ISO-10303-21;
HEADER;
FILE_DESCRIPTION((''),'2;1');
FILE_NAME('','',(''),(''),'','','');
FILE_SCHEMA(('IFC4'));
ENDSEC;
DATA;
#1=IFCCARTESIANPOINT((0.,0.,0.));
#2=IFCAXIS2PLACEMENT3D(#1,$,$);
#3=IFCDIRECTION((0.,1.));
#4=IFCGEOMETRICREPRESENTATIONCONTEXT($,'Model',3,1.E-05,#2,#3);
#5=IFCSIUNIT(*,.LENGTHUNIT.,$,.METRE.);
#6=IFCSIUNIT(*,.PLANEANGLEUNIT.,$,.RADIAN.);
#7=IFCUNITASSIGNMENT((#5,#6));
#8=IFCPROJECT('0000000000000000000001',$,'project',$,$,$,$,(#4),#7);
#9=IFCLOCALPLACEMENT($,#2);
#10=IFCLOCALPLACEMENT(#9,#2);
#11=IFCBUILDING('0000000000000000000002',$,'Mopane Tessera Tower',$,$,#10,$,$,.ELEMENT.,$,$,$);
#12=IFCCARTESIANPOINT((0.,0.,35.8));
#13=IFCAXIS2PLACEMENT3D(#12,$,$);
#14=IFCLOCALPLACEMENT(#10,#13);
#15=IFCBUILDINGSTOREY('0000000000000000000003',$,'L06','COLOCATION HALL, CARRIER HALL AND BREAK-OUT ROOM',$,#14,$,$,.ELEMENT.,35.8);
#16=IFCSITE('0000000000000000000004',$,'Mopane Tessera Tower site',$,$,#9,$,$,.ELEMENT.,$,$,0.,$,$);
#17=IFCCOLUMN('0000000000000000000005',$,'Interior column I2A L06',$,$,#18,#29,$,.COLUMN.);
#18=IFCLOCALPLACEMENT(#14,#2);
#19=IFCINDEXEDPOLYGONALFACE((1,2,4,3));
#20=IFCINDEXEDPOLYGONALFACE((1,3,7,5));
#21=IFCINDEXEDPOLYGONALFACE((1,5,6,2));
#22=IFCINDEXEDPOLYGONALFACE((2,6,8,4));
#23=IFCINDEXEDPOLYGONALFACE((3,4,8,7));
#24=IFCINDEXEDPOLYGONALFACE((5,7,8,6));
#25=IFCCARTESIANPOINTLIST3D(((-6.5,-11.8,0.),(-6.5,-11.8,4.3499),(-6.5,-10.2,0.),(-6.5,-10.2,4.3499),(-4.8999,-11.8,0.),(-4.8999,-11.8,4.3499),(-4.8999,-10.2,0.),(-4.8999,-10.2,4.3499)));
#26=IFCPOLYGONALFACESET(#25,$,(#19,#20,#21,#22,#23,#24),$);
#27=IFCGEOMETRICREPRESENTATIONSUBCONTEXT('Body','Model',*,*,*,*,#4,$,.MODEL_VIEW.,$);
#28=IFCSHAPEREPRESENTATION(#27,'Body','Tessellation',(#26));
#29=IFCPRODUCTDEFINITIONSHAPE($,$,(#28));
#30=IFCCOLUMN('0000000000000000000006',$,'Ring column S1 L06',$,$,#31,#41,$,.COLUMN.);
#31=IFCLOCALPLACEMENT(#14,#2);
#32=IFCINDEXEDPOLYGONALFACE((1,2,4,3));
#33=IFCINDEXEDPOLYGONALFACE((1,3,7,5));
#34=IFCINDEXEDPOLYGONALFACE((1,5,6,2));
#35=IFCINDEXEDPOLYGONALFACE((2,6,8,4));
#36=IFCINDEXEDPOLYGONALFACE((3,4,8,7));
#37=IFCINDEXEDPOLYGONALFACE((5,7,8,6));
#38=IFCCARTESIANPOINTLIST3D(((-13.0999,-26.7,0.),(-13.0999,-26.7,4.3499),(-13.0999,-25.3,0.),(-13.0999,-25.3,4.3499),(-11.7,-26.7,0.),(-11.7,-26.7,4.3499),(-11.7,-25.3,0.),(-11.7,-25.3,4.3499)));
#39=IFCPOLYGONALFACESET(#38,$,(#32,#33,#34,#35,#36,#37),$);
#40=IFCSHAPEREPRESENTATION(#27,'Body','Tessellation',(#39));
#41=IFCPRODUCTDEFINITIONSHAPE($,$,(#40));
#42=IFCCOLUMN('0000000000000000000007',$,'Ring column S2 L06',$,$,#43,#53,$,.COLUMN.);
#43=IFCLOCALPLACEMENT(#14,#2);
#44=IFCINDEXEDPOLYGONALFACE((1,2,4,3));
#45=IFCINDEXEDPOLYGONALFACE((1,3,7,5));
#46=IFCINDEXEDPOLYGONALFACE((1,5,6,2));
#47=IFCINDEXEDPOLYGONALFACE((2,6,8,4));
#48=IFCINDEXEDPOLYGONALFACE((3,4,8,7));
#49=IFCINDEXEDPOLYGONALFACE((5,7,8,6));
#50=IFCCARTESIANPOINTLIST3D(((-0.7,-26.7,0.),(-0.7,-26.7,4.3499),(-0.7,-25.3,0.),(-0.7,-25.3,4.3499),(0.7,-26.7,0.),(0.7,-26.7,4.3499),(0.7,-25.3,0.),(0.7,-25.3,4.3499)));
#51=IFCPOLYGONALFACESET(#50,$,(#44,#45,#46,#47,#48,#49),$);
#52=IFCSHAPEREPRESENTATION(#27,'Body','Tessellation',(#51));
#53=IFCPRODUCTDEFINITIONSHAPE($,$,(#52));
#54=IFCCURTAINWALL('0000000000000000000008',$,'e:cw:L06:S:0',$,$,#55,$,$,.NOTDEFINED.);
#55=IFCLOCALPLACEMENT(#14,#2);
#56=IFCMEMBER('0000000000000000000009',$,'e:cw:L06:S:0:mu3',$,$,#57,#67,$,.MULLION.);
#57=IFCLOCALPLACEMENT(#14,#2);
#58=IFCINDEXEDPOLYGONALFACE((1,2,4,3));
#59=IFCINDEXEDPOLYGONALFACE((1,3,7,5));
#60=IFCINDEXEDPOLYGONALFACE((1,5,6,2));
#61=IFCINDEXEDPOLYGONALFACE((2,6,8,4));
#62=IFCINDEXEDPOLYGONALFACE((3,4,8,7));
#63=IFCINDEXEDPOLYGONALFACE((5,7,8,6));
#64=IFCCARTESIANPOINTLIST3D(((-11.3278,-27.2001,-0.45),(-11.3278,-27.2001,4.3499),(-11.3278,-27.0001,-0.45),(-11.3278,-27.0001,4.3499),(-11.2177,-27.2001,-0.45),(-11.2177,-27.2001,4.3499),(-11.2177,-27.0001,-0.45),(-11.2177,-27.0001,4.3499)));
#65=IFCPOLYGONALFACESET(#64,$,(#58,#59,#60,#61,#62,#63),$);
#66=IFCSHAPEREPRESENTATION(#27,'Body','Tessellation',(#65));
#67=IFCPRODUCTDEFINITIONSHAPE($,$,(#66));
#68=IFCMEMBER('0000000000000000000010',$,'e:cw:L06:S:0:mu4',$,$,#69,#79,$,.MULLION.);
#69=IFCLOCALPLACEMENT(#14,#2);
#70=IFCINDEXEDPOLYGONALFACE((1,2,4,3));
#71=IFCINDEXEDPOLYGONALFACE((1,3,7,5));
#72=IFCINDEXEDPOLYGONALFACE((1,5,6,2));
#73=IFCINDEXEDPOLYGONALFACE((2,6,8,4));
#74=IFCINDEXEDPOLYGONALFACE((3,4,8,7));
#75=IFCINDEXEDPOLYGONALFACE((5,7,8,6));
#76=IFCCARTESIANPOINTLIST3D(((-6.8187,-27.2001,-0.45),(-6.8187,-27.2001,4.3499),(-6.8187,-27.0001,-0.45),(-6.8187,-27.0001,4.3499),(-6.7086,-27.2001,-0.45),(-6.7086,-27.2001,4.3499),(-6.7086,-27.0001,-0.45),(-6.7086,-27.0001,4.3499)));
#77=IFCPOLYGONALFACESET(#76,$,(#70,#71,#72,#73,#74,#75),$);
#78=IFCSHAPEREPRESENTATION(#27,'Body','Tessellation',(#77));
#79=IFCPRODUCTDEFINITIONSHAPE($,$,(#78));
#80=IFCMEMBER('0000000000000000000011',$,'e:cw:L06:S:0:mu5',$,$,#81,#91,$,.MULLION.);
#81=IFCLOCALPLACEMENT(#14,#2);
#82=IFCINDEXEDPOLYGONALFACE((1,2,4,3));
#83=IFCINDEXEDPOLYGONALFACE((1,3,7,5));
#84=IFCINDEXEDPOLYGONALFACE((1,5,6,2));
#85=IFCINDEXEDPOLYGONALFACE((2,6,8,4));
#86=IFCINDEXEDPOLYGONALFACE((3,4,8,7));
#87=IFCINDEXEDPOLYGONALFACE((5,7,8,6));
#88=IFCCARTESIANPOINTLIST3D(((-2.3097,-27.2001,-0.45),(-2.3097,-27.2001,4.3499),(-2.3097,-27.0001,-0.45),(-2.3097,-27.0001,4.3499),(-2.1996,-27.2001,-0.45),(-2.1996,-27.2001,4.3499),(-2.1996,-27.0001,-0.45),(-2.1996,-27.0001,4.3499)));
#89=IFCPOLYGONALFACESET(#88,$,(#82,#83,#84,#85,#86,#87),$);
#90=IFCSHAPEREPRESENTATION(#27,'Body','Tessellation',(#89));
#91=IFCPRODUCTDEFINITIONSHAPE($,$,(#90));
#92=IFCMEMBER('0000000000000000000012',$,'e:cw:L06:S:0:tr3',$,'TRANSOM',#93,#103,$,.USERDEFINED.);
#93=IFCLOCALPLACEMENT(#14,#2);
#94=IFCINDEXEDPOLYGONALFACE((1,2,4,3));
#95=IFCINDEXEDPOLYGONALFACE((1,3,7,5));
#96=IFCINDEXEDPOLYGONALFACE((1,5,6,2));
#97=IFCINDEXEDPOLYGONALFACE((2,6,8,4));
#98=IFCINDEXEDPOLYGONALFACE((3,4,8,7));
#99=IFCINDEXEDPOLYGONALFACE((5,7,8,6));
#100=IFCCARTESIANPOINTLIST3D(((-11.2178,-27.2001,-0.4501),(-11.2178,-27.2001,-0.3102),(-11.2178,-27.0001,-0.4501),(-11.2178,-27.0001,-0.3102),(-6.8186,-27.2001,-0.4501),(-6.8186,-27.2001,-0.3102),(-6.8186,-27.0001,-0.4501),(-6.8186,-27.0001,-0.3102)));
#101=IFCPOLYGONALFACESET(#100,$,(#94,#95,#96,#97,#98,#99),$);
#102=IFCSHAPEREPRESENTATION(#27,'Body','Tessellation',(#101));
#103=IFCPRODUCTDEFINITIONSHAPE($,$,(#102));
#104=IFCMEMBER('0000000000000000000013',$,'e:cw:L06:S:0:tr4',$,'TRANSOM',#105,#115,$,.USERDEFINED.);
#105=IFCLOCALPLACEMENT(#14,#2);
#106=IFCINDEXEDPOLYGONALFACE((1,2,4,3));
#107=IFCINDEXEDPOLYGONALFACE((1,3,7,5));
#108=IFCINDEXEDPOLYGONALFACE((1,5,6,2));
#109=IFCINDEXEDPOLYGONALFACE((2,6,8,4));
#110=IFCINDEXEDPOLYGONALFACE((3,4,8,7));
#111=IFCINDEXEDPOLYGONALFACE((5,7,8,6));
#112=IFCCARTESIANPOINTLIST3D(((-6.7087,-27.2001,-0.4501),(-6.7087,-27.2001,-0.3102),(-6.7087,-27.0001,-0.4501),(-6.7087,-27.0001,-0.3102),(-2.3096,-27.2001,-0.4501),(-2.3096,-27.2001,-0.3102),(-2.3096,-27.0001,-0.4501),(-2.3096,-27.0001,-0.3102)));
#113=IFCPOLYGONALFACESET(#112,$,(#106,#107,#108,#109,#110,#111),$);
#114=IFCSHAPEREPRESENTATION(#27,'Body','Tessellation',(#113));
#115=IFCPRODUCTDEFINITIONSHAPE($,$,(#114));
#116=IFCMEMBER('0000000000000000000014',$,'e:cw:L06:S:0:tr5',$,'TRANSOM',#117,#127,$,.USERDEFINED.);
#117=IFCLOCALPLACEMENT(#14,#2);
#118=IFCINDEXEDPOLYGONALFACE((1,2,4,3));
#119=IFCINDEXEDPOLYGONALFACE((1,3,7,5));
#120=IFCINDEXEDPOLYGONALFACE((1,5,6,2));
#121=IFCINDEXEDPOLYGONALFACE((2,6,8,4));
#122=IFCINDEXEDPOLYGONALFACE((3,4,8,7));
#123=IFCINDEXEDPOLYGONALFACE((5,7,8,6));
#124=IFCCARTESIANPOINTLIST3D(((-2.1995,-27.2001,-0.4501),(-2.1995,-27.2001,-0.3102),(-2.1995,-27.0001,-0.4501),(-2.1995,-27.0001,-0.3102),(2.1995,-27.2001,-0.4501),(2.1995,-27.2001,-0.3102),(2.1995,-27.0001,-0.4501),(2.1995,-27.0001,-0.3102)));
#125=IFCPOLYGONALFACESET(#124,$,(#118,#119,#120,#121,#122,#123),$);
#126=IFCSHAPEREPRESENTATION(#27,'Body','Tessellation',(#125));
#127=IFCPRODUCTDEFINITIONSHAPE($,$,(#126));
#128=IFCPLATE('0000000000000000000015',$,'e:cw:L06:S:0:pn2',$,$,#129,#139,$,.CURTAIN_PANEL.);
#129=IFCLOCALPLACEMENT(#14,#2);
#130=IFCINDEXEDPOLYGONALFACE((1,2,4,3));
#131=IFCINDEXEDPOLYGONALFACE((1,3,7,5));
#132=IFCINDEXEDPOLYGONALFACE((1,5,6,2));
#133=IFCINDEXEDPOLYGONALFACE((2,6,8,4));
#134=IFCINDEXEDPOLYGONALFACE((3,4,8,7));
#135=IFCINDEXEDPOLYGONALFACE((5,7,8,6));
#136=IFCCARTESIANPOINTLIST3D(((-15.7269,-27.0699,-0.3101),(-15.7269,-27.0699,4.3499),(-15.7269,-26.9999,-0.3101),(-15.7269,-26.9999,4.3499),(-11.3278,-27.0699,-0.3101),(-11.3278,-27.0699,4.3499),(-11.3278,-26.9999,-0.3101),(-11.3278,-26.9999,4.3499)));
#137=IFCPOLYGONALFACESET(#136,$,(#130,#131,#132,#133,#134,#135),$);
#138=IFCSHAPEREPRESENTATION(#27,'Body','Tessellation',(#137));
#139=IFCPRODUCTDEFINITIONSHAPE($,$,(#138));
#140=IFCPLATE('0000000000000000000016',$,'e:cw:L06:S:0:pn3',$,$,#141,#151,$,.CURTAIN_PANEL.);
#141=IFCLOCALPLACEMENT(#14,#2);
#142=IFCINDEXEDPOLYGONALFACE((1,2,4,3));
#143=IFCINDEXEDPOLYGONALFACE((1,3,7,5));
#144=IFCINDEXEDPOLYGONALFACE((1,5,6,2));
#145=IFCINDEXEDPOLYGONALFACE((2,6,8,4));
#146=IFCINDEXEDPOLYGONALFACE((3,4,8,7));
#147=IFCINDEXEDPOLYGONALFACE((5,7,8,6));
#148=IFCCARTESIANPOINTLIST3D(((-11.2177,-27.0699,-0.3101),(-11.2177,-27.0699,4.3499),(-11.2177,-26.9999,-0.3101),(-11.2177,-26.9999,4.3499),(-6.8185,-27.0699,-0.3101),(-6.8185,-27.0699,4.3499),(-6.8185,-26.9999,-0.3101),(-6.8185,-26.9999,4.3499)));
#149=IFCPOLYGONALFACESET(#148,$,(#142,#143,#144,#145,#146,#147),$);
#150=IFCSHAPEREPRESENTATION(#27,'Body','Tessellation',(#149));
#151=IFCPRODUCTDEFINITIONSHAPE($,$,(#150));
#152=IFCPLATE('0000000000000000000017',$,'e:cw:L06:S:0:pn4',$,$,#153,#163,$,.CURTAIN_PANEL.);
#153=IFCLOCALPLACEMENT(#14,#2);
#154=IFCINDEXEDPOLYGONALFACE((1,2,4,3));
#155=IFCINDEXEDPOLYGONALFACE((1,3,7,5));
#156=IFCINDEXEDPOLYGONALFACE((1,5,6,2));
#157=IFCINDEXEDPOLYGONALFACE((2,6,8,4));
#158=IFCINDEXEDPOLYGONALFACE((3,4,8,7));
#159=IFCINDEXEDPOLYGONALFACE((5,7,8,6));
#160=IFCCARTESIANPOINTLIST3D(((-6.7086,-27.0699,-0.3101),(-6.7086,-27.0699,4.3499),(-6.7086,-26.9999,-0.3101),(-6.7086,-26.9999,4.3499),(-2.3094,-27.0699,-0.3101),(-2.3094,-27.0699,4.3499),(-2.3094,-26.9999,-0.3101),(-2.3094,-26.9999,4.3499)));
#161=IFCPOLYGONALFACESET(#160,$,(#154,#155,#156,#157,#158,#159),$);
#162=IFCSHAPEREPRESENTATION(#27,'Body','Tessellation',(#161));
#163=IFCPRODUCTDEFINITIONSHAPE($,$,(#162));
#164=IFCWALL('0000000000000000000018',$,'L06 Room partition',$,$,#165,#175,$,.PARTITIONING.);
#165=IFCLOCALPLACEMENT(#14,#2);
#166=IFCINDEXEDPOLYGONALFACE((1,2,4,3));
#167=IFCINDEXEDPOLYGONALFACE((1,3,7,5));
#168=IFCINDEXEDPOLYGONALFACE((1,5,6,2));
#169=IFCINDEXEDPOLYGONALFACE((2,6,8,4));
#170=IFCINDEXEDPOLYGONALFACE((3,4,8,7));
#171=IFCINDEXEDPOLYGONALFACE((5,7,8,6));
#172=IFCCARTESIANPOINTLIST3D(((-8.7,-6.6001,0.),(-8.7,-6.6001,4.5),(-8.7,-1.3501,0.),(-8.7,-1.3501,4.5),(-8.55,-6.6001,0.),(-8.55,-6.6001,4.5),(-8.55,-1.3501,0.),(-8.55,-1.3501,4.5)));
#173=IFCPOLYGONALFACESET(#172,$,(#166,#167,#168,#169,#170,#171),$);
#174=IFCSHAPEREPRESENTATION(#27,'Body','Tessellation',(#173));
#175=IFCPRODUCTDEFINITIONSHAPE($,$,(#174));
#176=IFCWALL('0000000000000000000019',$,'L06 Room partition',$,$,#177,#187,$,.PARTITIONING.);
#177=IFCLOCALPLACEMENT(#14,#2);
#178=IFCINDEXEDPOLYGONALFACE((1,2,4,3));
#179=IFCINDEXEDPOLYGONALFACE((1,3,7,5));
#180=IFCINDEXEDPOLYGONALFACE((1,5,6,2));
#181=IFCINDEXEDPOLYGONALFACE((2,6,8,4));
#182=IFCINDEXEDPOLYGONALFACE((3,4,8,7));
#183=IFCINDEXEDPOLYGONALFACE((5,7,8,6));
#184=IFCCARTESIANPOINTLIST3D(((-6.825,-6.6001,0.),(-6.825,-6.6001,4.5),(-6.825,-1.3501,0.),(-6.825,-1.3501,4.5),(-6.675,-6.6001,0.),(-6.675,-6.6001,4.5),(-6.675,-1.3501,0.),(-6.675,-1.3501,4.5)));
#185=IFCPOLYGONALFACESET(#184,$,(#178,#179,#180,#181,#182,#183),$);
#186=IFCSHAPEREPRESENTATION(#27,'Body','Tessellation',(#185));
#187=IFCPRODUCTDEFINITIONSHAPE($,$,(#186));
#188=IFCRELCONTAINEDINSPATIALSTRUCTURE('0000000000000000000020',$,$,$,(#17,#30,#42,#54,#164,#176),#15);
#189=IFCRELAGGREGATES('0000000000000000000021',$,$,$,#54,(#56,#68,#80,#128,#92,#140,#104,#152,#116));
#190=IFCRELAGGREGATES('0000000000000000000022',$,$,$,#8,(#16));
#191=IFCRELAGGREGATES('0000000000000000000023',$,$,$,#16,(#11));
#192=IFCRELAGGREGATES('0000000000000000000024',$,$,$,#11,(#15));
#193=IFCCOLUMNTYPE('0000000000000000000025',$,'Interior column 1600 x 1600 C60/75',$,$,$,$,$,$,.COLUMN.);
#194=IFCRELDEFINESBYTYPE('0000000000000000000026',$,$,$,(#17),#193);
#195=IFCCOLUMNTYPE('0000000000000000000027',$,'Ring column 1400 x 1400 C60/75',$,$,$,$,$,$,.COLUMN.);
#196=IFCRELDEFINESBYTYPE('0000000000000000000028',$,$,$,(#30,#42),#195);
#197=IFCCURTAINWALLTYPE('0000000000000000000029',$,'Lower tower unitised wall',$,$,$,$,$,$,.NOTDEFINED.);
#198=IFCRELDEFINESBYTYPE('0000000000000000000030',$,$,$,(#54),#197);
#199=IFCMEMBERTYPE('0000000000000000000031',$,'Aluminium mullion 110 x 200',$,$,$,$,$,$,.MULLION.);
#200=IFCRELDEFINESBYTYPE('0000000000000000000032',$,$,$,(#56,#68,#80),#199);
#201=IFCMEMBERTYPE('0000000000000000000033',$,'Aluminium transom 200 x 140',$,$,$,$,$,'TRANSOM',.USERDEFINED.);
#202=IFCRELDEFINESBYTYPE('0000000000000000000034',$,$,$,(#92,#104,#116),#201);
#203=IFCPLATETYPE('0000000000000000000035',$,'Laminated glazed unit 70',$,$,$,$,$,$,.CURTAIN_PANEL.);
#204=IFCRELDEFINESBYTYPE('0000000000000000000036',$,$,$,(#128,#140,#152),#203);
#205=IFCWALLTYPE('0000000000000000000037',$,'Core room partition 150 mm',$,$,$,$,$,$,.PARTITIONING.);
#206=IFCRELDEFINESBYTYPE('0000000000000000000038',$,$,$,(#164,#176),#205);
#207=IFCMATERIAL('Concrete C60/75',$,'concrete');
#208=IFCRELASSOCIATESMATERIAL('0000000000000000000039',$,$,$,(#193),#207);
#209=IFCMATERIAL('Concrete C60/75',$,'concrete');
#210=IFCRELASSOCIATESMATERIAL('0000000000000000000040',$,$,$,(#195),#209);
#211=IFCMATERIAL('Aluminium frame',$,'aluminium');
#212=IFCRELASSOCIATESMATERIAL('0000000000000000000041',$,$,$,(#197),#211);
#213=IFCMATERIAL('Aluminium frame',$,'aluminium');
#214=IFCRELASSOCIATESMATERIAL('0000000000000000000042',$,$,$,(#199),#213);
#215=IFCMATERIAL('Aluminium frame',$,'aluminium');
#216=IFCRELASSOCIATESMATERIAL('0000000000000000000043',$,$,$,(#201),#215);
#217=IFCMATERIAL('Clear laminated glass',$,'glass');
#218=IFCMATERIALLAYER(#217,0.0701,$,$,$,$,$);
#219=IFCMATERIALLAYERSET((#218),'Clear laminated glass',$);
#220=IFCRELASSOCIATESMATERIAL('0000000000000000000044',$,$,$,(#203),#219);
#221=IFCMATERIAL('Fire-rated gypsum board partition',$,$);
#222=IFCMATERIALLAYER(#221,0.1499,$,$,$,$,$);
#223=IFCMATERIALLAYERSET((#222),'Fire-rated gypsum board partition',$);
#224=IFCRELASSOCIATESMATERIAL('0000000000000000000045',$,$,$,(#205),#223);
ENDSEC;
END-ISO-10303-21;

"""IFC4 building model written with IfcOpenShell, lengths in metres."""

from ifc_helpers import new_model, si_unit, direction, frame, frame_2d, origin, origin_2d, place, context, subcontext, project, spatial, rectangle, extrude, material, layer, layer_set, material_profile, profile_set, type_object, element, aggregate, save


model = new_model("IFC4")

# Units and contexts
model_context = context("Model", 3, precision=1e-05, world=origin(), true_north=direction((0.0, 1.0)))
body_context = subcontext(model_context, "Body", "Model", "MODEL_VIEW")
ifc_project = project(units=[si_unit("LENGTHUNIT", "METRE"), si_unit("PLANEANGLEUNIT", "RADIAN")], contexts=[model_context])

# Site, building, storey
site_placement = place(None, origin())
site = spatial("IfcSite", under=ifc_project, at=site_placement, Name="Mopane Tessera Tower site", CompositionType="ELEMENT", RefElevation=0.0)
building_placement = place(site_placement, origin())
building = spatial("IfcBuilding", under=site, at=building_placement, Name="Mopane Tessera Tower", CompositionType="ELEMENT")
storey_placement = place(building_placement, frame((0.0, 0.0, 35.8)))
storey = spatial("IfcBuildingStorey", under=building, at=storey_placement, Name="L06", Description="COLOCATION HALL, CARRIER HALL AND BREAK-OUT ROOM", CompositionType="ELEMENT", Elevation=35.8)

# Columns
ifc_material_1 = material(Name="Concrete C60/75", Category="concrete")
ifc_material_profile_1 = material_profile(ifc_material_1, rectangle(XDim=1.6001, YDim=1.6001, at=origin_2d()))
ifc_profile_set_1 = profile_set([ifc_material_profile_1], Name="Concrete C60/75")
column_type_1 = type_object("IfcColumnType", Name="Interior column 1600 x 1600 C60/75", PredefinedType="COLUMN", material=ifc_profile_set_1)
column_placement = place(storey_placement, frame((-5.7, -11.0, 0.0), z_axis=(0.0, 0.0, 1.0), x_axis=(1.0, 0.0, 0.0)))
element("IfcColumn", 1, at=column_placement, inside=storey, type_object=column_type_1, Name="Interior column I2A L06", PredefinedType="COLUMN", context=body_context, shape_type="SweptSolid", body=[
    extrude(rectangle(XDim=1.6001, YDim=1.6001, at=origin_2d()), origin(), (0.0, 0.0, 1.0), 4.3499),
])
ifc_material_2 = material(Name="Concrete C60/75", Category="concrete")
ifc_material_profile_2 = material_profile(ifc_material_2, rectangle(XDim=1.3999, YDim=1.3999, at=origin_2d()))
ifc_profile_set_2 = profile_set([ifc_material_profile_2], Name="Concrete C60/75")
column_type_2 = type_object("IfcColumnType", Name="Ring column 1400 x 1400 C60/75", PredefinedType="COLUMN", material=ifc_profile_set_2)
for number, where, z_axis, x_axis, name in (
    (2, (-12.3999, -26.0, 0.0), (0.0, 0.0, 1.0), (1.0, 0.0, 0.0), "Ring column S1 L06"),
    (3, (0.0, -26.0, 0.0), (0.0, 0.0, 1.0), (1.0, 0.0, 0.0), "Ring column S2 L06"),
):
    element("IfcColumn", number, at=place(storey_placement, frame(where, z_axis=z_axis, x_axis=x_axis)), inside=storey, type_object=column_type_2, Name=name, PredefinedType="COLUMN", context=body_context, shape_type="SweptSolid", body=[
        extrude(rectangle(XDim=1.3999, YDim=1.3999, at=origin_2d()), origin(), (0.0, 0.0, 1.0), 4.3499),
    ])

# Curtain wall, members, plates
ifc_material_3 = material(Name="Aluminium frame", Category="aluminium")
curtain_wall_type = type_object("IfcCurtainWallType", Name="Lower tower unitised wall", PredefinedType="NOTDEFINED", material=ifc_material_3)
curtain_wall_placement = place(storey_placement, origin())
curtain_wall = element("IfcCurtainWall", 4, at=curtain_wall_placement, inside=storey, type_object=curtain_wall_type, Name="e:cw:L06:S:0", PredefinedType="NOTDEFINED")
ifc_material_4 = material(Name="Aluminium frame", Category="aluminium")
ifc_material_profile_3 = material_profile(ifc_material_4, rectangle(XDim=0.1101, YDim=0.2, at=origin_2d()))
ifc_profile_set_3 = profile_set([ifc_material_profile_3], Name="Aluminium frame")
member_type_1 = type_object("IfcMemberType", Name="Aluminium mullion 110 x 200", PredefinedType="MULLION", material=ifc_profile_set_3)
member_1_placement = place(storey_placement, frame((-11.2727, -27.1001, -0.45), z_axis=(0.0, 0.0, 1.0), x_axis=(1.0, 0.0, 0.0)))
member_1 = element("IfcMember", 5, at=member_1_placement, type_object=member_type_1, Name="e:cw:L06:S:0:mu3", PredefinedType="MULLION", context=body_context, shape_type="SweptSolid", body=[
    extrude(rectangle(XDim=0.1101, YDim=0.2, at=origin_2d()), origin(), (0.0, 0.0, 1.0), 4.7998),
])
member_2_placement = place(storey_placement, frame((-6.7637, -27.1001, -0.45), z_axis=(0.0, 0.0, 1.0), x_axis=(1.0, 0.0, 0.0)))
member_2 = element("IfcMember", 6, at=member_2_placement, type_object=member_type_1, Name="e:cw:L06:S:0:mu4", PredefinedType="MULLION", context=body_context, shape_type="SweptSolid", body=[
    extrude(rectangle(XDim=0.1101, YDim=0.2, at=origin_2d()), origin(), (0.0, 0.0, 1.0), 4.7998),
])
member_3_placement = place(storey_placement, frame((-2.2546, -27.1001, -0.45), z_axis=(0.0, 0.0, 1.0), x_axis=(1.0, 0.0, 0.0)))
member_3 = element("IfcMember", 7, at=member_3_placement, type_object=member_type_1, Name="e:cw:L06:S:0:mu5", PredefinedType="MULLION", context=body_context, shape_type="SweptSolid", body=[
    extrude(rectangle(XDim=0.1101, YDim=0.2, at=origin_2d()), origin(), (0.0, 0.0, 1.0), 4.7998),
])
ifc_material_5 = material(Name="Aluminium frame", Category="aluminium")
ifc_material_profile_4 = material_profile(ifc_material_5, rectangle(XDim=0.2, YDim=0.1399, at=origin_2d()))
ifc_profile_set_4 = profile_set([ifc_material_profile_4], Name="Aluminium frame")
member_type_2 = type_object("IfcMemberType", Name="Aluminium transom 200 x 140", ElementType="TRANSOM", PredefinedType="USERDEFINED", material=ifc_profile_set_4)
member_4_placement = place(storey_placement, frame((-11.2178, -27.1001, -0.3801), z_axis=(1.0, 0.0, 0.0), x_axis=(0.0, 1.0, 0.0)))
member_4 = element("IfcMember", 8, at=member_4_placement, type_object=member_type_2, Name="e:cw:L06:S:0:tr3", ObjectType="TRANSOM", PredefinedType="USERDEFINED", context=body_context, shape_type="SweptSolid", body=[
    extrude(rectangle(XDim=0.2, YDim=0.1399, at=origin_2d()), origin(), (0.0, 0.0, 1.0), 4.3992),
])
member_5_placement = place(storey_placement, frame((-6.7087, -27.1001, -0.3801), z_axis=(1.0, 0.0, 0.0), x_axis=(0.0, 1.0, 0.0)))
member_5 = element("IfcMember", 9, at=member_5_placement, type_object=member_type_2, Name="e:cw:L06:S:0:tr4", ObjectType="TRANSOM", PredefinedType="USERDEFINED", context=body_context, shape_type="SweptSolid", body=[
    extrude(rectangle(XDim=0.2, YDim=0.1399, at=origin_2d()), origin(), (0.0, 0.0, 1.0), 4.3992),
])
member_6_placement = place(storey_placement, frame((-2.1995, -27.1001, -0.3801), z_axis=(1.0, 0.0, 0.0), x_axis=(0.0, 1.0, 0.0)))
member_6 = element("IfcMember", 10, at=member_6_placement, type_object=member_type_2, Name="e:cw:L06:S:0:tr5", ObjectType="TRANSOM", PredefinedType="USERDEFINED", context=body_context, shape_type="SweptSolid", body=[
    extrude(rectangle(XDim=0.2, YDim=0.1399, at=origin_2d()), origin(), (0.0, 0.0, 1.0), 4.3989),
])
ifc_material_6 = material(Name="Clear laminated glass", Category="glass")
ifc_layer_1 = layer(ifc_material_6, 0.0701)
ifc_layer_set_1 = layer_set([ifc_layer_1], Name="Clear laminated glass")
plate_type = type_object("IfcPlateType", Name="Laminated glazed unit 70", PredefinedType="CURTAIN_PANEL", material=ifc_layer_set_1)
plate_1_placement = place(storey_placement, frame((-13.5273, -27.0349, -0.3101), z_axis=(0.0, 0.0, 1.0), x_axis=(1.0, 0.0, 0.0)))
plate_1 = element("IfcPlate", 11, at=plate_1_placement, type_object=plate_type, Name="e:cw:L06:S:0:pn2", PredefinedType="CURTAIN_PANEL", context=body_context, shape_type="SweptSolid", body=[
    extrude(rectangle(XDim=4.3992, YDim=0.0701, at=origin_2d()), origin(), (0.0, 0.0, 1.0), 4.6599),
])
plate_2_placement = place(storey_placement, frame((-9.0181, -27.0349, -0.3101), z_axis=(0.0, 0.0, 1.0), x_axis=(1.0, 0.0, 0.0)))
plate_2 = element("IfcPlate", 12, at=plate_2_placement, type_object=plate_type, Name="e:cw:L06:S:0:pn3", PredefinedType="CURTAIN_PANEL", context=body_context, shape_type="SweptSolid", body=[
    extrude(rectangle(XDim=4.3992, YDim=0.0701, at=origin_2d()), origin(), (0.0, 0.0, 1.0), 4.6599),
])
plate_3_placement = place(storey_placement, frame((-4.509, -27.0349, -0.3101), z_axis=(0.0, 0.0, 1.0), x_axis=(1.0, 0.0, 0.0)))
plate_3 = element("IfcPlate", 13, at=plate_3_placement, type_object=plate_type, Name="e:cw:L06:S:0:pn4", PredefinedType="CURTAIN_PANEL", context=body_context, shape_type="SweptSolid", body=[
    extrude(rectangle(XDim=4.3992, YDim=0.0701, at=origin_2d()), origin(), (0.0, 0.0, 1.0), 4.6599),
])
aggregate(curtain_wall, [member_1, member_2, member_3, plate_1, member_4, plate_2, member_5, plate_3, member_6])

# Walls
ifc_material_7 = material(Name="Fire-rated gypsum board partition")
ifc_layer_2 = layer(ifc_material_7, 0.1499)
ifc_layer_set_2 = layer_set([ifc_layer_2], Name="Fire-rated gypsum board partition")
wall_type_1 = type_object("IfcWallType", Name="Core room partition 150 mm", PredefinedType="PARTITIONING", material=ifc_layer_set_2)
for number, where, z_axis, x_axis, name in (
    (14, (-8.625, -6.6001, 0.0), (0.0, 0.0, 1.0), (0.0, 1.0, 0.0), "L06 Room partition"),
    (15, (-6.75, -6.6001, 0.0), (0.0, 0.0, 1.0), (0.0, 1.0, 0.0), "L06 Room partition"),
):
    element("IfcWall", number, at=place(storey_placement, frame(where, z_axis=z_axis, x_axis=x_axis)), inside=storey, type_object=wall_type_1, Name=name, PredefinedType="PARTITIONING", context=body_context, shape_type="SweptSolid", body=[
        extrude(rectangle(XDim=5.25, YDim=0.1499, at=frame_2d((2.625, 0.0))), origin(), (0.0, 0.0, 1.0), 4.5),
    ])

save(model, "model.ifc")
